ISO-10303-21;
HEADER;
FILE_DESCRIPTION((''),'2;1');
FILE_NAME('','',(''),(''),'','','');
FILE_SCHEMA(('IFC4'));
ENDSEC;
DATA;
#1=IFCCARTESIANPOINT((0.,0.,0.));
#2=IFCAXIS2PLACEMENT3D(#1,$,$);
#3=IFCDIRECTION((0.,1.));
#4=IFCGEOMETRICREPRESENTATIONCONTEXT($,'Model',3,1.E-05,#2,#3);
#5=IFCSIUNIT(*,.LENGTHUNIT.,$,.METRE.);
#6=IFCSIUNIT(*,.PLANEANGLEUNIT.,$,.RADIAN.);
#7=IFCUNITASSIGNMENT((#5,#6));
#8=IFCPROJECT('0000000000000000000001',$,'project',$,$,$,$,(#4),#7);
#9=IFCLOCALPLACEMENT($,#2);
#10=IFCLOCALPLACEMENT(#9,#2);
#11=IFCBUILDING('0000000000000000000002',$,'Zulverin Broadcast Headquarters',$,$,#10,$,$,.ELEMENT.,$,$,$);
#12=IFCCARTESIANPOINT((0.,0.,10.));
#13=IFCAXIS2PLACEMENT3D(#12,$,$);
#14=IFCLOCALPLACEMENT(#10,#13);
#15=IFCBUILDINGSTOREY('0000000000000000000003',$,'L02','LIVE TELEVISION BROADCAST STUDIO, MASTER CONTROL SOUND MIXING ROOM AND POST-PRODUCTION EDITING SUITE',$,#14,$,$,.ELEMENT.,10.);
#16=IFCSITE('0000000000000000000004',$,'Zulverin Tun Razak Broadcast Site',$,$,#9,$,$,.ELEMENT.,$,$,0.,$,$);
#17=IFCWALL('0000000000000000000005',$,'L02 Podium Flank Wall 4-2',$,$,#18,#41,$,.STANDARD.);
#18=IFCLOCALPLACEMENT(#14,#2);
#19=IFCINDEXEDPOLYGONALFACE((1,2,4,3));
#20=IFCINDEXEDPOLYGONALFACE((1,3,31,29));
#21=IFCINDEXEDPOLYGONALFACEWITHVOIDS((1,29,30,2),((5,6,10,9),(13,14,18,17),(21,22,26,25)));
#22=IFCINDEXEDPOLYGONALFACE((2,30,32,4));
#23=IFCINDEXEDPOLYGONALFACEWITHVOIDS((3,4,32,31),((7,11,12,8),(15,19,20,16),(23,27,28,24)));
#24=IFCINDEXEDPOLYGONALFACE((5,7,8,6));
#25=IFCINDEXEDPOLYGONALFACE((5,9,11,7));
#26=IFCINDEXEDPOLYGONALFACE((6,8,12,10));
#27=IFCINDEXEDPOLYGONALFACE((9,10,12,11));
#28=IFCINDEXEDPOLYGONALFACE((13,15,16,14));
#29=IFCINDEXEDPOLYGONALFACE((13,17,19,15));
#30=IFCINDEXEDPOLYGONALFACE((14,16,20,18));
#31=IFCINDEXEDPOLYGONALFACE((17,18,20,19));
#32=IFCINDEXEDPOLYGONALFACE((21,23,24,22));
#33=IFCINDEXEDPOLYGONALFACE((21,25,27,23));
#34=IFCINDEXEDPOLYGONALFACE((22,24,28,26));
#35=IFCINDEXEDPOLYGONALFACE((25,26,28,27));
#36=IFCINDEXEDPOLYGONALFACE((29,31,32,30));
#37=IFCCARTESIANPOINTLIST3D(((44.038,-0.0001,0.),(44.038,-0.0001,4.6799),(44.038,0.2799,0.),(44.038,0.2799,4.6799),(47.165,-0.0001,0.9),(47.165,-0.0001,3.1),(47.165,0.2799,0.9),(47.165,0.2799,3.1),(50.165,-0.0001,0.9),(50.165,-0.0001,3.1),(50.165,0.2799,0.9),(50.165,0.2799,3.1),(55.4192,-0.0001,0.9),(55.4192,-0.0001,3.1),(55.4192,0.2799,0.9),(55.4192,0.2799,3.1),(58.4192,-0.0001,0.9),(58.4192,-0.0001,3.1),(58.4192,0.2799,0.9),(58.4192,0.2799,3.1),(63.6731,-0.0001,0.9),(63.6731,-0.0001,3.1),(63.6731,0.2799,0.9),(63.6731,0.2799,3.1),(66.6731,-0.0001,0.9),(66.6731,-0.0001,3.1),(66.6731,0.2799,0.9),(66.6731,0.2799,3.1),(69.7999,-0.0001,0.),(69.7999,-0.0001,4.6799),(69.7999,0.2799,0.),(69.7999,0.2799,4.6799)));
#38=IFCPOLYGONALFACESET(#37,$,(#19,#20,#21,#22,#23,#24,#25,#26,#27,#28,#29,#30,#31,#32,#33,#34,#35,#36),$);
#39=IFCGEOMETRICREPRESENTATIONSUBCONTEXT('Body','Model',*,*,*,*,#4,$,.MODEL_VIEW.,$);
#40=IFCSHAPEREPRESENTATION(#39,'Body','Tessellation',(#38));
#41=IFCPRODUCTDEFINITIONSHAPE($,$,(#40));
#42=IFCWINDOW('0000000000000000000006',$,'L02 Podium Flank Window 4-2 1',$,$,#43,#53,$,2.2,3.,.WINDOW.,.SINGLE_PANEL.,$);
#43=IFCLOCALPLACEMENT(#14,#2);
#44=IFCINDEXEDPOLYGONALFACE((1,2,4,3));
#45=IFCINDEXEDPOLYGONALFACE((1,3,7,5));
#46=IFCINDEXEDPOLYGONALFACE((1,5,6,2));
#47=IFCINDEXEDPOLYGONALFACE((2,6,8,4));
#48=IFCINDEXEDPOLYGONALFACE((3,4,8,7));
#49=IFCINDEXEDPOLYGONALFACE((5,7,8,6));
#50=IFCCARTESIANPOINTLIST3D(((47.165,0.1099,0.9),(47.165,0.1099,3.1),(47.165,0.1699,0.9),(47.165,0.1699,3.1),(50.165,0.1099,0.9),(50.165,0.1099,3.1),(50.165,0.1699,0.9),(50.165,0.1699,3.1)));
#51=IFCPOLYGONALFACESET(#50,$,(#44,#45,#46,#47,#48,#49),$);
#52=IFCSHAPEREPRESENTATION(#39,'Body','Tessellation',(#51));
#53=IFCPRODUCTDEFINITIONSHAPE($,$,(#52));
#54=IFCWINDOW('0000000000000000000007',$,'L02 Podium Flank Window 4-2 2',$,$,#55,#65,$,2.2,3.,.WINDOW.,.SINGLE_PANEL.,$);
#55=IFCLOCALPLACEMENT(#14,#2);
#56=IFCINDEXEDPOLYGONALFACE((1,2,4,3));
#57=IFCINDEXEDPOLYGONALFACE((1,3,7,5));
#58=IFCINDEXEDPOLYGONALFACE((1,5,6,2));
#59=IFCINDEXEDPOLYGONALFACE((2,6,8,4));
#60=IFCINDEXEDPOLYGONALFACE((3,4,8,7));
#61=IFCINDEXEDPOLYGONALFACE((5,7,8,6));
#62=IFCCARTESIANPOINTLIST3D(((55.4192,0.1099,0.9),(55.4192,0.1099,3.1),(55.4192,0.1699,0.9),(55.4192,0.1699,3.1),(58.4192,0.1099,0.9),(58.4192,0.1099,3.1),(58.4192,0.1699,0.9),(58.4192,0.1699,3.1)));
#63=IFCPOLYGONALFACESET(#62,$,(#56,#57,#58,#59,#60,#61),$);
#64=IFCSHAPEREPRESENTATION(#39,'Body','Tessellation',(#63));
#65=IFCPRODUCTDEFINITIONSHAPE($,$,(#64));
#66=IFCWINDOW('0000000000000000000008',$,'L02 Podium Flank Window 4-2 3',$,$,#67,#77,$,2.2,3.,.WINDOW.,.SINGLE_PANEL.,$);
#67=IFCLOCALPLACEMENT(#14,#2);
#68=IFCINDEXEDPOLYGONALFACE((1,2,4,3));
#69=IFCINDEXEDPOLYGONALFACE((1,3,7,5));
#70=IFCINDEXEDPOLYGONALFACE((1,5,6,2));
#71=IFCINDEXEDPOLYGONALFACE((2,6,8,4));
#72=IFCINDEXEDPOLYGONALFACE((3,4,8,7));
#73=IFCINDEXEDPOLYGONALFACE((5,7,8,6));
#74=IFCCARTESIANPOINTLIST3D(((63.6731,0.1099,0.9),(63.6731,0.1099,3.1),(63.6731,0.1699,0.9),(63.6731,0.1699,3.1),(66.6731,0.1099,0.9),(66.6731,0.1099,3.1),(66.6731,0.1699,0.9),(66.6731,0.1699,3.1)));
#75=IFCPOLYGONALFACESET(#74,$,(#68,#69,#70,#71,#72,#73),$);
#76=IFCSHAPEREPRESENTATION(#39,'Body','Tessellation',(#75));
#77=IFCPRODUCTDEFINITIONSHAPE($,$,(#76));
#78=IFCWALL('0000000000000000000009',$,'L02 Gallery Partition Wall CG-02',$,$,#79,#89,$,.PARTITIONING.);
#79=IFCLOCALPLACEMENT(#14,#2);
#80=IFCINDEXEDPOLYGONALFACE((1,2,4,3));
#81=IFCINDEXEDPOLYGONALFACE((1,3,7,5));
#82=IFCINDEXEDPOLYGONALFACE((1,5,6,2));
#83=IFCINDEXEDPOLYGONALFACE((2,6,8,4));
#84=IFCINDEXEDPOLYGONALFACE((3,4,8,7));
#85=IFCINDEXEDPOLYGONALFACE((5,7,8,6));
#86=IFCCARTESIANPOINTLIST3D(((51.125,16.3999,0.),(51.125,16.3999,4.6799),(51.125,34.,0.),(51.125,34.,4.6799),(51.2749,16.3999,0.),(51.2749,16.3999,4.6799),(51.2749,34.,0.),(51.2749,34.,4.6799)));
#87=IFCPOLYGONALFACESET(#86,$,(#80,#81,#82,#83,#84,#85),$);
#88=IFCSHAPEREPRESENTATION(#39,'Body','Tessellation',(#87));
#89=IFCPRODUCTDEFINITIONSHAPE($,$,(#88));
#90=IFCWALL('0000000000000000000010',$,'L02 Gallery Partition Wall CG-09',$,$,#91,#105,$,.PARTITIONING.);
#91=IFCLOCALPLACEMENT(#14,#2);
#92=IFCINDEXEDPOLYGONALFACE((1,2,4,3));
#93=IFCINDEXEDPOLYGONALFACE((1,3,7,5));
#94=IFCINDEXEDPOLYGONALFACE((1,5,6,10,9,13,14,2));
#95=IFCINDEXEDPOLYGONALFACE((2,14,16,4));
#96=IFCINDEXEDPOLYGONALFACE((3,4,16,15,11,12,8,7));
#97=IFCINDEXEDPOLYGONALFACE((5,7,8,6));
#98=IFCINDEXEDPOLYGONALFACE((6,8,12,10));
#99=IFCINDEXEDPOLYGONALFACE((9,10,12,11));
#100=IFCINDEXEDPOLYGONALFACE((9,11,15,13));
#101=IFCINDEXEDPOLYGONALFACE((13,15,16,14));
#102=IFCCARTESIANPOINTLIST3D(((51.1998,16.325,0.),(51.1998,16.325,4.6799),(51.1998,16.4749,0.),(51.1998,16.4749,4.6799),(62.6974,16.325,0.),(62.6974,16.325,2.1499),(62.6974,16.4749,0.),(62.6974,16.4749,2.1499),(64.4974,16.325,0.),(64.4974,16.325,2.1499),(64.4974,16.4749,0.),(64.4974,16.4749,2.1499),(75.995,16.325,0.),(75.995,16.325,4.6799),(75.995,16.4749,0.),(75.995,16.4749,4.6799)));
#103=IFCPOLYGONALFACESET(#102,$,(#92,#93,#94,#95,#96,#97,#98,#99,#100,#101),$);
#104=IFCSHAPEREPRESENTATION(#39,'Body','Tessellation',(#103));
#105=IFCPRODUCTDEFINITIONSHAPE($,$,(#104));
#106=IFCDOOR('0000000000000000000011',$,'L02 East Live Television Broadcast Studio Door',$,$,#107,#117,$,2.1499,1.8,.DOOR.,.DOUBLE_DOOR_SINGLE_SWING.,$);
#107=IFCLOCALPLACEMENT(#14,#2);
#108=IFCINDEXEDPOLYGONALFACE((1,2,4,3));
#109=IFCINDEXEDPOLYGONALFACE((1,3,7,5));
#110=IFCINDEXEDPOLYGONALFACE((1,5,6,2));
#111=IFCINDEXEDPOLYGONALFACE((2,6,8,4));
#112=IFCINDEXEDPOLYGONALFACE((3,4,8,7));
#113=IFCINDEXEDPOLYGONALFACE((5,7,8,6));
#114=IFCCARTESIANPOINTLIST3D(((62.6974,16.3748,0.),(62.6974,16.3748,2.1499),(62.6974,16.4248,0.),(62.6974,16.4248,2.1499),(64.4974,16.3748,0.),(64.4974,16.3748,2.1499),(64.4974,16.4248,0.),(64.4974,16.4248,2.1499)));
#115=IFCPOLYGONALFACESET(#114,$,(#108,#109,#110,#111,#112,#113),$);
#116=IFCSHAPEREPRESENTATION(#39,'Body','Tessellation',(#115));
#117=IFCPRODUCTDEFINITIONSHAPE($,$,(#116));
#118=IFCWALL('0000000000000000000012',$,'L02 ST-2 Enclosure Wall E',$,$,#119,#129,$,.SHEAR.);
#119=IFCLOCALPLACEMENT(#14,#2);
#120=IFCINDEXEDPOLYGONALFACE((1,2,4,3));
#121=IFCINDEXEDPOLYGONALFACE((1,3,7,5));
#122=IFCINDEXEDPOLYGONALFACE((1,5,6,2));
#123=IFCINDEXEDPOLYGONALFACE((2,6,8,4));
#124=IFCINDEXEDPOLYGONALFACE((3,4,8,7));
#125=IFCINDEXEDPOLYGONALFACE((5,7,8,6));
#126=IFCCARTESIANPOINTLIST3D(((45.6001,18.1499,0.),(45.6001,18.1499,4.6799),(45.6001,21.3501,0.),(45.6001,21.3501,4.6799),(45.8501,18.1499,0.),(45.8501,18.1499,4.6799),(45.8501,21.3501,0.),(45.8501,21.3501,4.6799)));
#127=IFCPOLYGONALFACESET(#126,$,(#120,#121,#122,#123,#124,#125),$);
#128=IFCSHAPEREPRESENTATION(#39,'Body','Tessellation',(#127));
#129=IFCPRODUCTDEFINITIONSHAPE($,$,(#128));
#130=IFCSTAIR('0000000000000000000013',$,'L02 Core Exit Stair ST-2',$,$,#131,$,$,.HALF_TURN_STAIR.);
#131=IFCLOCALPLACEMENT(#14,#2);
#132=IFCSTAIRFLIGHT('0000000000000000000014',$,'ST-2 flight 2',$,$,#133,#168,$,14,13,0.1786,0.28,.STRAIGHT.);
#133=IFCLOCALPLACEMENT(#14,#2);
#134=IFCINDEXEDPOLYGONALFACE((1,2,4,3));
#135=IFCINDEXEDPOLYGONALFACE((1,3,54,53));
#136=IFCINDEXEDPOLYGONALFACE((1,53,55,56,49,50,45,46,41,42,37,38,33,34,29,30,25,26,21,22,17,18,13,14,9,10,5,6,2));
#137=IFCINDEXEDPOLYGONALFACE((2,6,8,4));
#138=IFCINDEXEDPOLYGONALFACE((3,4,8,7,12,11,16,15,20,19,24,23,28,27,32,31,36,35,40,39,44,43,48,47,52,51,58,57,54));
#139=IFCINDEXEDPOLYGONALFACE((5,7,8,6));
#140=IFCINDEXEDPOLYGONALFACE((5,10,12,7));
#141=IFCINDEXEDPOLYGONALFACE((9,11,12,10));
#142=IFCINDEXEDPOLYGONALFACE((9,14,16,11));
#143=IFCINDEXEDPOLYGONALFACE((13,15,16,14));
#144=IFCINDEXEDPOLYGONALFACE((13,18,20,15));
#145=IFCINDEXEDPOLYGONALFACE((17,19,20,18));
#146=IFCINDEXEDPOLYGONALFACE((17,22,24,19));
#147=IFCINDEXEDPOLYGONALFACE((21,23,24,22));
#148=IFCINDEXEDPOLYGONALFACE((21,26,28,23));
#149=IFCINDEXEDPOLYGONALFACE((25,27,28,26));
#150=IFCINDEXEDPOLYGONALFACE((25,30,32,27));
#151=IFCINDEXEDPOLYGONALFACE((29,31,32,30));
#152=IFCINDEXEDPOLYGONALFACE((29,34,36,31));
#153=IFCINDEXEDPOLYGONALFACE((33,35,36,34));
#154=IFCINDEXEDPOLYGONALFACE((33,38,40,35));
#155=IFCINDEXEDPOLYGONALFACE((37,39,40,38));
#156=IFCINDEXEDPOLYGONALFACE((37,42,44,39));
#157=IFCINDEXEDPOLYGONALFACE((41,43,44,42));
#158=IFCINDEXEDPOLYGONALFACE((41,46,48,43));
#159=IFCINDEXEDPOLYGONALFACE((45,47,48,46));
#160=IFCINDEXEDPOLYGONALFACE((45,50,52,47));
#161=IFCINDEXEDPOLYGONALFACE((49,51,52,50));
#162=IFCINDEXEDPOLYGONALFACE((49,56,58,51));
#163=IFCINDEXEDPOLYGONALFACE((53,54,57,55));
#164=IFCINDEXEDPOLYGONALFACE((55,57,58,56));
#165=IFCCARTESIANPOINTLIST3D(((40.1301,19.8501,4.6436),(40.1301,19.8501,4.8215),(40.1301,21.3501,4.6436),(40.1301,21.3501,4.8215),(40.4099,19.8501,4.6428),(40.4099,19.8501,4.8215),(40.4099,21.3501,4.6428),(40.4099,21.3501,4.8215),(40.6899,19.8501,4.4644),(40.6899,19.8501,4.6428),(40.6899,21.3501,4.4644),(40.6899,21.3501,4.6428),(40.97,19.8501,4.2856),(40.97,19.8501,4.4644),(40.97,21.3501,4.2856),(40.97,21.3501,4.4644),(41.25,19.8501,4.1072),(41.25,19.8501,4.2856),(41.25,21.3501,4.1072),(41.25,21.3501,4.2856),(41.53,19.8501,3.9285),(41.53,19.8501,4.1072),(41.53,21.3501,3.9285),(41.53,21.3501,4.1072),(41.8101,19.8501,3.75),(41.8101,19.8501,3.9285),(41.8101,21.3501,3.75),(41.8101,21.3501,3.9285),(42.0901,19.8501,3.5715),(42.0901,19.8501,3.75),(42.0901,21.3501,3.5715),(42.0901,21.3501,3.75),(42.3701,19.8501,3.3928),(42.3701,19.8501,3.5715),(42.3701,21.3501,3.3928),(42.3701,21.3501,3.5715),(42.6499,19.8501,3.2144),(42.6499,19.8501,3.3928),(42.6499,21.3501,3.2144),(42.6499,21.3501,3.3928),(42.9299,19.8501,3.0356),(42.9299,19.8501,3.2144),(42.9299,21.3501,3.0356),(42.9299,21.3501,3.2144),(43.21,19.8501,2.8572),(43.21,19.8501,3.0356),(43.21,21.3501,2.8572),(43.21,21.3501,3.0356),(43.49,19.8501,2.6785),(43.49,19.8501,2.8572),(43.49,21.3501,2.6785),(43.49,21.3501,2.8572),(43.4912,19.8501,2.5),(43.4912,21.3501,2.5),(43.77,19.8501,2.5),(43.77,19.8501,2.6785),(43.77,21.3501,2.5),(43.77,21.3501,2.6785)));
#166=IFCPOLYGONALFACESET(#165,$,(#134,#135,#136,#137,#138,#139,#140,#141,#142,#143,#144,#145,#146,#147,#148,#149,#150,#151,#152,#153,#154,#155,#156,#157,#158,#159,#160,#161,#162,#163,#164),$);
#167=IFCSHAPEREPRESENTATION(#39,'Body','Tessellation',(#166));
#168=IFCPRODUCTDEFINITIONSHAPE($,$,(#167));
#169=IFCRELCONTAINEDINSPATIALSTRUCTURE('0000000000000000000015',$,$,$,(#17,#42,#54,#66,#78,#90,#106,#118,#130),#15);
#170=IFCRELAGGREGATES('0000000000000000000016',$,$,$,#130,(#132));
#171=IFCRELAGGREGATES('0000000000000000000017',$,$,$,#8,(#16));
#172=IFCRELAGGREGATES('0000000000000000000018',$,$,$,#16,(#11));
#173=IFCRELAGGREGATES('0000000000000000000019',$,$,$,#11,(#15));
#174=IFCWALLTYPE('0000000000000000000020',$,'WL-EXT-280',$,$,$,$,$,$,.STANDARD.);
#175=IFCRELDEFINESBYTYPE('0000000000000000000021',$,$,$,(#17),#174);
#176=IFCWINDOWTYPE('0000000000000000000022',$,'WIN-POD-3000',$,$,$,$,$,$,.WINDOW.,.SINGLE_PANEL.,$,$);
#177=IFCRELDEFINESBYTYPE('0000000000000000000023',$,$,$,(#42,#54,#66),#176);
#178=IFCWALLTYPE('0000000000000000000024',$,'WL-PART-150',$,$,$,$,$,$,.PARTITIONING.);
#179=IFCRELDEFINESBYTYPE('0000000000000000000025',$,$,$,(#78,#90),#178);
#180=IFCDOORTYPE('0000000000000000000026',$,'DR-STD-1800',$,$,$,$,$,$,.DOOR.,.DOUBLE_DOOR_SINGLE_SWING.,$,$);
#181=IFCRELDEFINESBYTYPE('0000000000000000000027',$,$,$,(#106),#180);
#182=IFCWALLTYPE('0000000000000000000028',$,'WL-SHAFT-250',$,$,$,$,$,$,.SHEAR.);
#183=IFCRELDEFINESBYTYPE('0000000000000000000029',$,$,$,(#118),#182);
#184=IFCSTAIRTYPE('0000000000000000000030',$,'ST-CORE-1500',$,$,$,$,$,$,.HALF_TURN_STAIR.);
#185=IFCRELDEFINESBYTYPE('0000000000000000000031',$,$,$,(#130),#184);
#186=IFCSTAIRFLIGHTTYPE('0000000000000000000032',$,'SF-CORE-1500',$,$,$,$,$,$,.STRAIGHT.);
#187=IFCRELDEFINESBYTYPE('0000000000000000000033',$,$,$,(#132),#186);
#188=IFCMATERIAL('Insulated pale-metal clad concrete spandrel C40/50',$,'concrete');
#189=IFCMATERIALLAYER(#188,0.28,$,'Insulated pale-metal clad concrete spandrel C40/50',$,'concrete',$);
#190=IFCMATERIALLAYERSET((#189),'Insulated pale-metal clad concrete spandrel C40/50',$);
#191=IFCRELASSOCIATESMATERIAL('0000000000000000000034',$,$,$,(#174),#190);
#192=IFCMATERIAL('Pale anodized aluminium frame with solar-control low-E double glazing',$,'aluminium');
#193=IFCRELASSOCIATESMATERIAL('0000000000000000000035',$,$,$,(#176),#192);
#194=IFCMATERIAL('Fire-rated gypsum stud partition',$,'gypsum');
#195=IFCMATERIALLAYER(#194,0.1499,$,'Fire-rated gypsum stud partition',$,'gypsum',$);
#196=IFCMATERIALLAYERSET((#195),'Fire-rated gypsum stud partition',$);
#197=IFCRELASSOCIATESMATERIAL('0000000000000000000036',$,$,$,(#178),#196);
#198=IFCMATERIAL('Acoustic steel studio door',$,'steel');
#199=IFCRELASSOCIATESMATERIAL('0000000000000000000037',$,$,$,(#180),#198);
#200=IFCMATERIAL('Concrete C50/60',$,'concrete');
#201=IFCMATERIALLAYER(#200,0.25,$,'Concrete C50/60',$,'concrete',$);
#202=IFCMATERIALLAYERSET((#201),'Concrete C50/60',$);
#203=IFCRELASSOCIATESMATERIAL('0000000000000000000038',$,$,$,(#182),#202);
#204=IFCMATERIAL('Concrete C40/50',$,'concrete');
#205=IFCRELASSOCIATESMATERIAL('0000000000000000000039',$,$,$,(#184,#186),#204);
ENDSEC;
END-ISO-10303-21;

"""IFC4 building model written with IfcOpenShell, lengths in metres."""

from ifc_helpers import new_model, si_unit, direction, frame, frame_2d, origin, place, context, subcontext, project, spatial, polyline, rectangle, outline, extrude, material, layer, layer_set, type_object, element, fill, aggregate, save


model = new_model("IFC4")

# Units and contexts
model_context = context("Model", 3, precision=1e-05, world=origin(), true_north=direction((0.0, 1.0)))
body_context = subcontext(model_context, "Body", "Model", "MODEL_VIEW")
ifc_project = project(units=[si_unit("LENGTHUNIT", "METRE"), si_unit("PLANEANGLEUNIT", "RADIAN")], contexts=[model_context])

# Site, building, storey
site_placement = place(None, origin())
site = spatial("IfcSite", under=ifc_project, at=site_placement, Name="Zulverin Tun Razak Broadcast Site", CompositionType="ELEMENT", RefElevation=0.0)
building_placement = place(site_placement, origin())
building = spatial("IfcBuilding", under=site, at=building_placement, Name="Zulverin Broadcast Headquarters", CompositionType="ELEMENT")
storey_placement = place(building_placement, frame((0.0, 0.0, 10.0)))
storey = spatial("IfcBuildingStorey", under=building, at=storey_placement, Name="L02", Description="LIVE TELEVISION BROADCAST STUDIO, MASTER CONTROL SOUND MIXING ROOM AND POST-PRODUCTION EDITING SUITE", CompositionType="ELEMENT", Elevation=10.0)

# Wall, openings, windows
ifc_material_1 = material(Name="Insulated pale-metal clad concrete spandrel C40/50", Category="concrete")
ifc_layer_1 = layer(ifc_material_1, 0.28, Name="Insulated pale-metal clad concrete spandrel C40/50", Category="concrete")
ifc_layer_set_1 = layer_set([ifc_layer_1], Name="Insulated pale-metal clad concrete spandrel C40/50")
wall_type_1 = type_object("IfcWallType", Name="WL-EXT-280", PredefinedType="STANDARD", material=ifc_layer_set_1)
wall_1_placement = place(storey_placement, frame((44.0381, 0.1399, 0.0), z_axis=(0.0, 0.0, 1.0), x_axis=(1.0, 0.0, 0.0)))
wall_1 = element("IfcWall", 1, at=wall_1_placement, inside=storey, type_object=wall_type_1, Name="L02 Podium Flank Wall 4-2", PredefinedType="STANDARD", context=body_context, shape_type="SweptSolid", body=[
    extrude(rectangle(XDim=25.762, YDim=0.28, at=frame_2d((12.8809, 0.0))), origin(), (0.0, 0.0, 1.0), 4.6799),
])
opening_1_placement = place(wall_1_placement, frame((3.127, 0.0, 0.8999)))
opening_1 = element("IfcOpeningElement", 2, at=opening_1_placement, cuts=wall_1, PredefinedType="OPENING", context=body_context, shape_type="SweptSolid", body=[
    extrude(rectangle(XDim=3.0, YDim=2.2, at=frame_2d((1.5, 1.1001))), frame((0.0, 0.1499, 0.0), z_axis=(0.0, -1.0, 0.0), x_axis=(1.0, 0.0, 0.0)), (0.0, 0.0, 1.0), 0.3),
])
opening_2_placement = place(wall_1_placement, frame((11.3811, 0.0, 0.8999)))
opening_2 = element("IfcOpeningElement", 3, at=opening_2_placement, cuts=wall_1, PredefinedType="OPENING", context=body_context, shape_type="SweptSolid", body=[
    extrude(rectangle(XDim=3.0, YDim=2.2, at=frame_2d((1.5, 1.1001))), frame((0.0, 0.1499, 0.0), z_axis=(0.0, -1.0, 0.0), x_axis=(1.0, 0.0, 0.0)), (0.0, 0.0, 1.0), 0.3),
])
opening_3_placement = place(wall_1_placement, frame((19.635, 0.0, 0.8999)))
opening_3 = element("IfcOpeningElement", 4, at=opening_3_placement, cuts=wall_1, PredefinedType="OPENING", context=body_context, shape_type="SweptSolid", body=[
    extrude(rectangle(XDim=3.0, YDim=2.2, at=frame_2d((1.5, 1.1001))), frame((0.0, 0.1499, 0.0), z_axis=(0.0, -1.0, 0.0), x_axis=(1.0, 0.0, 0.0)), (0.0, 0.0, 1.0), 0.3),
])
ifc_material_2 = material(Name="Pale anodized aluminium frame with solar-control low-E double glazing", Category="aluminium")
window_type = type_object("IfcWindowType", Name="WIN-POD-3000", PartitioningType="SINGLE_PANEL", PredefinedType="WINDOW", material=ifc_material_2)
window_1_placement = place(opening_1_placement, origin())
window_1 = element("IfcWindow", 5, at=window_1_placement, inside=storey, type_object=window_type, Name="L02 Podium Flank Window 4-2 1", OverallHeight=2.2, OverallWidth=3.0, PartitioningType="SINGLE_PANEL", PredefinedType="WINDOW", context=body_context, shape_type="SweptSolid", body=[
    extrude(rectangle(XDim=3.0, YDim=2.2, at=frame_2d((1.5, 1.1001))), frame((0.0, 0.03, 0.0), z_axis=(0.0, -1.0, 0.0), x_axis=(1.0, 0.0, 0.0)), (0.0, 0.0, 1.0), 0.0601),
])
fill(opening_1, window_1)
window_2_placement = place(opening_2_placement, origin())
window_2 = element("IfcWindow", 6, at=window_2_placement, inside=storey, type_object=window_type, Name="L02 Podium Flank Window 4-2 2", OverallHeight=2.2, OverallWidth=3.0, PartitioningType="SINGLE_PANEL", PredefinedType="WINDOW", context=body_context, shape_type="SweptSolid", body=[
    extrude(rectangle(XDim=3.0, YDim=2.2, at=frame_2d((1.5, 1.1001))), frame((0.0, 0.03, 0.0), z_axis=(0.0, -1.0, 0.0), x_axis=(1.0, 0.0, 0.0)), (0.0, 0.0, 1.0), 0.0601),
])
fill(opening_2, window_2)
window_3_placement = place(opening_3_placement, origin())
window_3 = element("IfcWindow", 7, at=window_3_placement, inside=storey, type_object=window_type, Name="L02 Podium Flank Window 4-2 3", OverallHeight=2.2, OverallWidth=3.0, PartitioningType="SINGLE_PANEL", PredefinedType="WINDOW", context=body_context, shape_type="SweptSolid", body=[
    extrude(rectangle(XDim=3.0, YDim=2.2, at=frame_2d((1.5, 1.1001))), frame((0.0, 0.03, 0.0), z_axis=(0.0, -1.0, 0.0), x_axis=(1.0, 0.0, 0.0)), (0.0, 0.0, 1.0), 0.0601),
])
fill(opening_3, window_3)

# Wall
ifc_material_3 = material(Name="Fire-rated gypsum stud partition", Category="gypsum")
ifc_layer_2 = layer(ifc_material_3, 0.1499, Name="Fire-rated gypsum stud partition", Category="gypsum")
ifc_layer_set_2 = layer_set([ifc_layer_2], Name="Fire-rated gypsum stud partition")
wall_type_2 = type_object("IfcWallType", Name="WL-PART-150", PredefinedType="PARTITIONING", material=ifc_layer_set_2)
wall_2_placement = place(storey_placement, frame((51.2, 16.3999, 0.0), z_axis=(0.0, 0.0, 1.0), x_axis=(0.0, 1.0, 0.0)))
element("IfcWall", 8, at=wall_2_placement, inside=storey, type_object=wall_type_2, Name="L02 Gallery Partition Wall CG-02", PredefinedType="PARTITIONING", context=body_context, shape_type="SweptSolid", body=[
    extrude(rectangle(XDim=17.6001, YDim=0.1499, at=frame_2d((8.8, 0.0))), origin(), (0.0, 0.0, 1.0), 4.6799),
])

# Wall, opening, door
wall_3_placement = place(storey_placement, frame((51.2, 16.3999, 0.0), z_axis=(0.0, 0.0, 1.0), x_axis=(1.0, 0.0, 0.0)))
wall_3 = element("IfcWall", 9, at=wall_3_placement, inside=storey, type_object=wall_type_2, Name="L02 Gallery Partition Wall CG-09", PredefinedType="PARTITIONING", context=body_context, shape_type="SweptSolid", body=[
    extrude(rectangle(XDim=24.7952, YDim=0.1499, at=frame_2d((12.3975, 0.0))), origin(), (0.0, 0.0, 1.0), 4.6799),
])
opening_4_placement = place(wall_3_placement, frame((11.4976, 0.0, 0.0)))
opening_4 = element("IfcOpeningElement", 10, at=opening_4_placement, cuts=wall_3, PredefinedType="OPENING", context=body_context, shape_type="SweptSolid", body=[
    extrude(rectangle(XDim=1.8, YDim=2.1499, at=frame_2d((0.8999, 1.075))), frame((0.0, 0.085, 0.0), z_axis=(0.0, -1.0, 0.0), x_axis=(1.0, 0.0, 0.0)), (0.0, 0.0, 1.0), 0.1699),
])
ifc_material_4 = material(Name="Acoustic steel studio door", Category="steel")
door_type_1 = type_object("IfcDoorType", Name="DR-STD-1800", OperationType="DOUBLE_DOOR_SINGLE_SWING", PredefinedType="DOOR", material=ifc_material_4)
door_1_placement = place(opening_4_placement, origin())
door_1 = element("IfcDoor", 11, at=door_1_placement, inside=storey, type_object=door_type_1, Name="L02 East Live Television Broadcast Studio Door", OperationType="DOUBLE_DOOR_SINGLE_SWING", OverallHeight=2.1499, OverallWidth=1.8, PredefinedType="DOOR", context=body_context, shape_type="SweptSolid", body=[
    extrude(rectangle(XDim=1.8, YDim=2.1499, at=frame_2d((0.8999, 1.075))), frame((0.0, 0.0249, 0.0), z_axis=(0.0, -1.0, 0.0), x_axis=(1.0, 0.0, 0.0)), (0.0, 0.0, 1.0), 0.05),
])
fill(opening_4, door_1)

# Wall
ifc_material_5 = material(Name="Concrete C50/60", Category="concrete")
ifc_layer_3 = layer(ifc_material_5, 0.25, Name="Concrete C50/60", Category="concrete")
ifc_layer_set_3 = layer_set([ifc_layer_3], Name="Concrete C50/60")
wall_type_3 = type_object("IfcWallType", Name="WL-SHAFT-250", PredefinedType="SHEAR", material=ifc_layer_set_3)
wall_4_placement = place(storey_placement, frame((45.7251, 18.1499, 0.0), z_axis=(0.0, 0.0, 1.0), x_axis=(0.0, 1.0, 0.0)))
element("IfcWall", 12, at=wall_4_placement, inside=storey, type_object=wall_type_3, Name="L02 ST-2 Enclosure Wall E", PredefinedType="SHEAR", context=body_context, shape_type="SweptSolid", body=[
    extrude(rectangle(XDim=3.2002, YDim=0.25, at=frame_2d((1.6001, 0.0))), origin(), (0.0, 0.0, 1.0), 4.6799),
])

# Stair, stair flight
ifc_material_6 = material(Name="Concrete C40/50", Category="concrete")
stair_type = type_object("IfcStairType", Name="ST-CORE-1500", PredefinedType="HALF_TURN_STAIR", material=ifc_material_6)
stair_placement = place(storey_placement, origin())
stair = element("IfcStair", 13, at=stair_placement, inside=storey, type_object=stair_type, Name="L02 Core Exit Stair ST-2", PredefinedType="HALF_TURN_STAIR")
stair_flight_type = type_object("IfcStairFlightType", Name="SF-CORE-1500", PredefinedType="STRAIGHT", material=ifc_material_6)
stair_flight_placement = place(storey_placement, frame((43.77, 20.6001, 2.5), z_axis=(0.0, 0.0, 1.0), x_axis=(-1.0, 0.0, 0.0)))
stair_flight = element("IfcStairFlight", 14, at=stair_flight_placement, type_object=stair_flight_type, Name="ST-2 flight 2", NumberOfRisers=14, NumberOfTreads=13, PredefinedType="STRAIGHT", RiserHeight=0.1786, TreadLength=0.28, context=body_context, shape_type="SweptSolid", body=[
    extrude(outline(polyline([(0.0, 0.0), (0.0, 0.1785), (0.28, 0.1785), (0.28, 0.3572), (0.5601, 0.3572), (0.5601, 0.5356), (0.8401, 0.5356), (0.8401, 0.7144), (1.1201, 0.7144), (1.1201, 0.8928), (1.3999, 0.8928), (1.3999, 1.0715), (1.6799, 1.0715), (1.6799, 1.25), (1.96, 1.25), (1.96, 1.4285), (2.24, 1.4285), (2.24, 1.6072), (2.52, 1.6072), (2.52, 1.7856), (2.8, 1.7856), (2.8, 1.9644), (3.0801, 1.9644), (3.0801, 2.1428), (3.3601, 2.1428), (3.3601, 2.3215), (3.6399, 2.3215), (3.6399, 2.5), (3.6399, 2.1436), (0.2788, 0.0), (0.0, 0.0)])), frame((0.0, 0.75, 0.0), z_axis=(0.0, -1.0, 0.0), x_axis=(1.0, 0.0, 0.0)), (0.0, 0.0, 1.0), 1.5),
])
aggregate(stair, [stair_flight])

save(model, "model.ifc")
